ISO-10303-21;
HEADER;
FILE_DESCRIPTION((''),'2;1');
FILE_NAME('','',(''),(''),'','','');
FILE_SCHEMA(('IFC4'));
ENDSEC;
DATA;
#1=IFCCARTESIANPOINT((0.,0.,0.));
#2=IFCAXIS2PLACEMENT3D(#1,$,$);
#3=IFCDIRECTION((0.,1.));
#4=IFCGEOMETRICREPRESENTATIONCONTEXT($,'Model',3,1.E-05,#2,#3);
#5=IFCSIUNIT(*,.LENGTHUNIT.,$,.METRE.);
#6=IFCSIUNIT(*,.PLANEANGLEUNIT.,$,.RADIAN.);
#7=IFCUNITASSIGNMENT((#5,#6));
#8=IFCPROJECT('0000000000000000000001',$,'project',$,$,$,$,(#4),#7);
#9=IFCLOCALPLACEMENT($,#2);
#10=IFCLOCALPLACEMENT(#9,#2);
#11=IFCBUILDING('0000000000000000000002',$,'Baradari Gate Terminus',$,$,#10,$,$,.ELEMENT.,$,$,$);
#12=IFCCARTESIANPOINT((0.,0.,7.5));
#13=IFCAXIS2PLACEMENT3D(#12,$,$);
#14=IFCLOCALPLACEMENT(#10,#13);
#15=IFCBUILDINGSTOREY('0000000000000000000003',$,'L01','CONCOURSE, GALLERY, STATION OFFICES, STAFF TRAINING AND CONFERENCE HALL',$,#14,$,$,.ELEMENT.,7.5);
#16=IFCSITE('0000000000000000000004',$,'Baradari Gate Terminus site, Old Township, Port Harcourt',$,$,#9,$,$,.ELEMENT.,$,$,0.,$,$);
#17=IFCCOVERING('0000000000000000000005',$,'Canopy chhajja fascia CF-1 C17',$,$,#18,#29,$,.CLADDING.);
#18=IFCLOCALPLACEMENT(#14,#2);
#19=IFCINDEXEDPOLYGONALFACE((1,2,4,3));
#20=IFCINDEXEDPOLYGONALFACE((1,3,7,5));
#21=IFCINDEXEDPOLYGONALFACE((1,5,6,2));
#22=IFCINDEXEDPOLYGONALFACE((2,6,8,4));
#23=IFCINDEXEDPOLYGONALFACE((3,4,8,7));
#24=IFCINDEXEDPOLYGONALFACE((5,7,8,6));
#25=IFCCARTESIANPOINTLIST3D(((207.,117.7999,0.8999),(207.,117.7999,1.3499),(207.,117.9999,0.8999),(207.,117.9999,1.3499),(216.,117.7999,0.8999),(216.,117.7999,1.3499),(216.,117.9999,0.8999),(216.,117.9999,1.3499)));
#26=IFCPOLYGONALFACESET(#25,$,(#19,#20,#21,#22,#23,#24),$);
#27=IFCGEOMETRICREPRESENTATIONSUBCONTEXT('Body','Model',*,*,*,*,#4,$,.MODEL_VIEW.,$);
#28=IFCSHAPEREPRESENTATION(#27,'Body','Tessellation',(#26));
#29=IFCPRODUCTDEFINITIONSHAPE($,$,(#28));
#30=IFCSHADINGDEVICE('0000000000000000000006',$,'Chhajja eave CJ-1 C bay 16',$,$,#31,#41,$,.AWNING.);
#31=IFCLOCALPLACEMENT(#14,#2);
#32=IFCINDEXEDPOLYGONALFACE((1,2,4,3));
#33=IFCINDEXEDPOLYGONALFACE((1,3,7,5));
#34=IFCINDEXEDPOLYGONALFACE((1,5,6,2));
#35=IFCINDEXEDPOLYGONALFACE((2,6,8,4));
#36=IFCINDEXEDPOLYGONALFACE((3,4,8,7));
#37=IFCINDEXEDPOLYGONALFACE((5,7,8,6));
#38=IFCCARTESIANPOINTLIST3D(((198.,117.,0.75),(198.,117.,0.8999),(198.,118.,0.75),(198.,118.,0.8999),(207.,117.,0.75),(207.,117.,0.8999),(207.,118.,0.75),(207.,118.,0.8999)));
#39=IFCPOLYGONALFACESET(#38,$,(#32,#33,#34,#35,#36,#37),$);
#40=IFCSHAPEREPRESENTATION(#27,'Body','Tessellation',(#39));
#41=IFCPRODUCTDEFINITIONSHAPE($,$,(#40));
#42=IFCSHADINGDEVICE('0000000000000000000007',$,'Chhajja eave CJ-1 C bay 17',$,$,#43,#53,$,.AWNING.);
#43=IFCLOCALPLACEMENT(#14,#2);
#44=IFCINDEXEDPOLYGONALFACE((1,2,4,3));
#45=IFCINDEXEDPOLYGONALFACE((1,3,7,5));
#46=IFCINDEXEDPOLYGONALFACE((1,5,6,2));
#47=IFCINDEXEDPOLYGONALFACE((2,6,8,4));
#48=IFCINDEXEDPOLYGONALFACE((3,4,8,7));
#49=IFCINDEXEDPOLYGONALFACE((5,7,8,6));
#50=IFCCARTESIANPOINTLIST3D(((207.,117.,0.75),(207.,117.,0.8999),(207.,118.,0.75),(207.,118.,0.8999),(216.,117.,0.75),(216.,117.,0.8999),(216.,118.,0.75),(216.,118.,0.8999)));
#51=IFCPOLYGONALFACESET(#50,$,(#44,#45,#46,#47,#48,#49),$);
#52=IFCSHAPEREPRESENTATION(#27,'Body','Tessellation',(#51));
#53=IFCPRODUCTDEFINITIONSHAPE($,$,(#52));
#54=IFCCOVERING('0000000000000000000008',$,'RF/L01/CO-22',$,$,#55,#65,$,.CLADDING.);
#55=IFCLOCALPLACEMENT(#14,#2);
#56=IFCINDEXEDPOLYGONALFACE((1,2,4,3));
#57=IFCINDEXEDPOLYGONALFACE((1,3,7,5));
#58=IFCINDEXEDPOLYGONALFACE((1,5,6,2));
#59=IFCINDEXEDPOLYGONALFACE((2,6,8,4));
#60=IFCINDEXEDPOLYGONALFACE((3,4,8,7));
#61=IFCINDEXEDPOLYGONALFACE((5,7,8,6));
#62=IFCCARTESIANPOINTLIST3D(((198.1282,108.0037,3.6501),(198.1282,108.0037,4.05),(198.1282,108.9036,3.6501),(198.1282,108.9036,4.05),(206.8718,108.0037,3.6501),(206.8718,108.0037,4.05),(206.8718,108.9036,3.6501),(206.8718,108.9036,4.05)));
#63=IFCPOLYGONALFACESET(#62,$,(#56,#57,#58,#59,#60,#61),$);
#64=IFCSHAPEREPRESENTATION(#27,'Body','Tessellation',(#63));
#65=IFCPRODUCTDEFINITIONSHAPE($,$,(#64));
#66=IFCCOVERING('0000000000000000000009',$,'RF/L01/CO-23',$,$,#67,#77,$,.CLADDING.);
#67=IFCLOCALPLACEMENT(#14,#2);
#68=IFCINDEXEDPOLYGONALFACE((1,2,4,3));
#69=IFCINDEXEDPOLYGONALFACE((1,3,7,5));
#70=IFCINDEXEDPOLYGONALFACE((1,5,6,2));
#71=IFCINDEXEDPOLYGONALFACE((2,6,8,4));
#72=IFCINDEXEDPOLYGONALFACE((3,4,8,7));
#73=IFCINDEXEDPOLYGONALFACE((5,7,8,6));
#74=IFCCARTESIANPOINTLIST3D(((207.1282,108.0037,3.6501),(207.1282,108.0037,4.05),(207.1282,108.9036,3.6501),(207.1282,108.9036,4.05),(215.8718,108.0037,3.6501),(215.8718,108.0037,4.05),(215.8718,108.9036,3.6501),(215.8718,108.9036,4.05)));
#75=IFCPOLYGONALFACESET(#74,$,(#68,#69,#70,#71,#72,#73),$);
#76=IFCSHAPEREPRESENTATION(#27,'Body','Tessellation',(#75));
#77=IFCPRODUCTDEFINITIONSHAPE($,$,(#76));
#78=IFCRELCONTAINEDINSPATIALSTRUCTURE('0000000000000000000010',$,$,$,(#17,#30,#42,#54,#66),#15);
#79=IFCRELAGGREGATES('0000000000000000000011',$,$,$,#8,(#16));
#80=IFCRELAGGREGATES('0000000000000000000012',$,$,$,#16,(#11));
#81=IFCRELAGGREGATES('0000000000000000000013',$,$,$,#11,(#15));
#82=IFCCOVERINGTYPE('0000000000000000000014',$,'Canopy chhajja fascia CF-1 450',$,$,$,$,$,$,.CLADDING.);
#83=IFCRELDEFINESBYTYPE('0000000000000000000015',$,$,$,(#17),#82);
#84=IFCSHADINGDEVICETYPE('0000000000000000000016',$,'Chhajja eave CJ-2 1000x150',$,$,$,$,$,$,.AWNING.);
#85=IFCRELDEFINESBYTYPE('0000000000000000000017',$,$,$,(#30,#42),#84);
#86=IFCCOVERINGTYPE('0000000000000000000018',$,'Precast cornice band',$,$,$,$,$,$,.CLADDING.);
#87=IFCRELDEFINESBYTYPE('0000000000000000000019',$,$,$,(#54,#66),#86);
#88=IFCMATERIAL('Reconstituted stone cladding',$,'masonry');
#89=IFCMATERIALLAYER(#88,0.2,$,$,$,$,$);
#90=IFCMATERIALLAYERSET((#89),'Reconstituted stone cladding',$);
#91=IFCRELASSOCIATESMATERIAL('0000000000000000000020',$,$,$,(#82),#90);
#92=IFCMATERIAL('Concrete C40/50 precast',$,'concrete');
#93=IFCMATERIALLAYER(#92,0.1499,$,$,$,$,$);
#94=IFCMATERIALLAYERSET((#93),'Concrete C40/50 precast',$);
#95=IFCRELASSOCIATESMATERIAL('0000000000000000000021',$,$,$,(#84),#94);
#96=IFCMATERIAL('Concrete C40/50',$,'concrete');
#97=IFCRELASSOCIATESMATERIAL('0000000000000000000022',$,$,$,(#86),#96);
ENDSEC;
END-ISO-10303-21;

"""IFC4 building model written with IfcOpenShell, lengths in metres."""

from ifc_helpers import new_model, si_unit, direction, frame, origin, origin_2d, place, context, subcontext, project, spatial, rectangle, extrude, material, layer, layer_set, type_object, element, save


model = new_model("IFC4")

# Units and contexts
model_context = context("Model", 3, precision=1e-05, world=origin(), true_north=direction((0.0, 1.0)))
body_context = subcontext(model_context, "Body", "Model", "MODEL_VIEW")
ifc_project = project(units=[si_unit("LENGTHUNIT", "METRE"), si_unit("PLANEANGLEUNIT", "RADIAN")], contexts=[model_context])

# Site, building, storey
site_placement = place(None, origin())
site = spatial("IfcSite", under=ifc_project, at=site_placement, Name="Baradari Gate Terminus site, Old Township, Port Harcourt", CompositionType="ELEMENT", RefElevation=0.0)
building_placement = place(site_placement, origin())
building = spatial("IfcBuilding", under=site, at=building_placement, Name="Baradari Gate Terminus", CompositionType="ELEMENT")
storey_placement = place(building_placement, frame((0.0, 0.0, 7.5)))
storey = spatial("IfcBuildingStorey", under=building, at=storey_placement, Name="L01", Description="CONCOURSE, GALLERY, STATION OFFICES, STAFF TRAINING AND CONFERENCE HALL", CompositionType="ELEMENT", Elevation=7.5)

# Covering
ifc_material_1 = material(Name="Reconstituted stone cladding", Category="masonry")
ifc_layer_1 = layer(ifc_material_1, 0.2)
ifc_layer_set_1 = layer_set([ifc_layer_1], Name="Reconstituted stone cladding")
covering_type_1 = type_object("IfcCoveringType", Name="Canopy chhajja fascia CF-1 450", PredefinedType="CLADDING", material=ifc_layer_set_1)
for number, where, z_axis, x_axis, name in (
    (1, (211.5, 117.8999, 0.8999), (0.0, 0.0, 1.0), (1.0, 0.0, 0.0), "Canopy chhajja fascia CF-1 C17"),
):
    element("IfcCovering", number, at=place(storey_placement, frame(where, z_axis=z_axis, x_axis=x_axis)), inside=storey, type_object=covering_type_1, Name=name, PredefinedType="CLADDING", context=body_context, shape_type="SweptSolid", body=[
        extrude(rectangle(XDim=9.0, YDim=0.2, at=origin_2d()), origin(), (0.0, 0.0, 1.0), 0.45),
    ])

# Shading devices
ifc_material_2 = material(Name="Concrete C40/50 precast", Category="concrete")
ifc_layer_2 = layer(ifc_material_2, 0.1499)
ifc_layer_set_2 = layer_set([ifc_layer_2], Name="Concrete C40/50 precast")
shading_device_type = type_object("IfcShadingDeviceType", Name="Chhajja eave CJ-2 1000x150", PredefinedType="AWNING", material=ifc_layer_set_2)
for number, where, z_axis, x_axis, name in (
    (2, (202.5, 117.5, 0.75), (0.0, 0.0, 1.0), (1.0, 0.0, 0.0), "Chhajja eave CJ-1 C bay 16"),
    (3, (211.5, 117.5, 0.75), (0.0, 0.0, 1.0), (1.0, 0.0, 0.0), "Chhajja eave CJ-1 C bay 17"),
):
    element("IfcShadingDevice", number, at=place(storey_placement, frame(where, z_axis=z_axis, x_axis=x_axis)), inside=storey, type_object=shading_device_type, Name=name, PredefinedType="AWNING", context=body_context, shape_type="SweptSolid", body=[
        extrude(rectangle(XDim=9.0, YDim=1.0, at=origin_2d()), origin(), (0.0, 0.0, 1.0), 0.1499),
    ])

# Coverings
ifc_material_3 = material(Name="Concrete C40/50", Category="concrete")
covering_type_2 = type_object("IfcCoveringType", Name="Precast cornice band", PredefinedType="CLADDING", material=ifc_material_3)
for number, where, z_axis, x_axis, name in (
    (4, (202.5, 108.4536, 3.6501), (0.0, 0.0, 1.0), (1.0, 0.0, 0.0), "RF/L01/CO-22"),
    (5, (211.5, 108.4536, 3.6501), (0.0, 0.0, 1.0), (1.0, 0.0, 0.0), "RF/L01/CO-23"),
):
    element("IfcCovering", number, at=place(storey_placement, frame(where, z_axis=z_axis, x_axis=x_axis)), inside=storey, type_object=covering_type_2, Name=name, PredefinedType="CLADDING", context=body_context, shape_type="SweptSolid", body=[
        extrude(rectangle(XDim=8.7437, YDim=0.8999, at=origin_2d()), origin(), (0.0, 0.0, 1.0), 0.3999),
    ])

save(model, "model.ifc")
